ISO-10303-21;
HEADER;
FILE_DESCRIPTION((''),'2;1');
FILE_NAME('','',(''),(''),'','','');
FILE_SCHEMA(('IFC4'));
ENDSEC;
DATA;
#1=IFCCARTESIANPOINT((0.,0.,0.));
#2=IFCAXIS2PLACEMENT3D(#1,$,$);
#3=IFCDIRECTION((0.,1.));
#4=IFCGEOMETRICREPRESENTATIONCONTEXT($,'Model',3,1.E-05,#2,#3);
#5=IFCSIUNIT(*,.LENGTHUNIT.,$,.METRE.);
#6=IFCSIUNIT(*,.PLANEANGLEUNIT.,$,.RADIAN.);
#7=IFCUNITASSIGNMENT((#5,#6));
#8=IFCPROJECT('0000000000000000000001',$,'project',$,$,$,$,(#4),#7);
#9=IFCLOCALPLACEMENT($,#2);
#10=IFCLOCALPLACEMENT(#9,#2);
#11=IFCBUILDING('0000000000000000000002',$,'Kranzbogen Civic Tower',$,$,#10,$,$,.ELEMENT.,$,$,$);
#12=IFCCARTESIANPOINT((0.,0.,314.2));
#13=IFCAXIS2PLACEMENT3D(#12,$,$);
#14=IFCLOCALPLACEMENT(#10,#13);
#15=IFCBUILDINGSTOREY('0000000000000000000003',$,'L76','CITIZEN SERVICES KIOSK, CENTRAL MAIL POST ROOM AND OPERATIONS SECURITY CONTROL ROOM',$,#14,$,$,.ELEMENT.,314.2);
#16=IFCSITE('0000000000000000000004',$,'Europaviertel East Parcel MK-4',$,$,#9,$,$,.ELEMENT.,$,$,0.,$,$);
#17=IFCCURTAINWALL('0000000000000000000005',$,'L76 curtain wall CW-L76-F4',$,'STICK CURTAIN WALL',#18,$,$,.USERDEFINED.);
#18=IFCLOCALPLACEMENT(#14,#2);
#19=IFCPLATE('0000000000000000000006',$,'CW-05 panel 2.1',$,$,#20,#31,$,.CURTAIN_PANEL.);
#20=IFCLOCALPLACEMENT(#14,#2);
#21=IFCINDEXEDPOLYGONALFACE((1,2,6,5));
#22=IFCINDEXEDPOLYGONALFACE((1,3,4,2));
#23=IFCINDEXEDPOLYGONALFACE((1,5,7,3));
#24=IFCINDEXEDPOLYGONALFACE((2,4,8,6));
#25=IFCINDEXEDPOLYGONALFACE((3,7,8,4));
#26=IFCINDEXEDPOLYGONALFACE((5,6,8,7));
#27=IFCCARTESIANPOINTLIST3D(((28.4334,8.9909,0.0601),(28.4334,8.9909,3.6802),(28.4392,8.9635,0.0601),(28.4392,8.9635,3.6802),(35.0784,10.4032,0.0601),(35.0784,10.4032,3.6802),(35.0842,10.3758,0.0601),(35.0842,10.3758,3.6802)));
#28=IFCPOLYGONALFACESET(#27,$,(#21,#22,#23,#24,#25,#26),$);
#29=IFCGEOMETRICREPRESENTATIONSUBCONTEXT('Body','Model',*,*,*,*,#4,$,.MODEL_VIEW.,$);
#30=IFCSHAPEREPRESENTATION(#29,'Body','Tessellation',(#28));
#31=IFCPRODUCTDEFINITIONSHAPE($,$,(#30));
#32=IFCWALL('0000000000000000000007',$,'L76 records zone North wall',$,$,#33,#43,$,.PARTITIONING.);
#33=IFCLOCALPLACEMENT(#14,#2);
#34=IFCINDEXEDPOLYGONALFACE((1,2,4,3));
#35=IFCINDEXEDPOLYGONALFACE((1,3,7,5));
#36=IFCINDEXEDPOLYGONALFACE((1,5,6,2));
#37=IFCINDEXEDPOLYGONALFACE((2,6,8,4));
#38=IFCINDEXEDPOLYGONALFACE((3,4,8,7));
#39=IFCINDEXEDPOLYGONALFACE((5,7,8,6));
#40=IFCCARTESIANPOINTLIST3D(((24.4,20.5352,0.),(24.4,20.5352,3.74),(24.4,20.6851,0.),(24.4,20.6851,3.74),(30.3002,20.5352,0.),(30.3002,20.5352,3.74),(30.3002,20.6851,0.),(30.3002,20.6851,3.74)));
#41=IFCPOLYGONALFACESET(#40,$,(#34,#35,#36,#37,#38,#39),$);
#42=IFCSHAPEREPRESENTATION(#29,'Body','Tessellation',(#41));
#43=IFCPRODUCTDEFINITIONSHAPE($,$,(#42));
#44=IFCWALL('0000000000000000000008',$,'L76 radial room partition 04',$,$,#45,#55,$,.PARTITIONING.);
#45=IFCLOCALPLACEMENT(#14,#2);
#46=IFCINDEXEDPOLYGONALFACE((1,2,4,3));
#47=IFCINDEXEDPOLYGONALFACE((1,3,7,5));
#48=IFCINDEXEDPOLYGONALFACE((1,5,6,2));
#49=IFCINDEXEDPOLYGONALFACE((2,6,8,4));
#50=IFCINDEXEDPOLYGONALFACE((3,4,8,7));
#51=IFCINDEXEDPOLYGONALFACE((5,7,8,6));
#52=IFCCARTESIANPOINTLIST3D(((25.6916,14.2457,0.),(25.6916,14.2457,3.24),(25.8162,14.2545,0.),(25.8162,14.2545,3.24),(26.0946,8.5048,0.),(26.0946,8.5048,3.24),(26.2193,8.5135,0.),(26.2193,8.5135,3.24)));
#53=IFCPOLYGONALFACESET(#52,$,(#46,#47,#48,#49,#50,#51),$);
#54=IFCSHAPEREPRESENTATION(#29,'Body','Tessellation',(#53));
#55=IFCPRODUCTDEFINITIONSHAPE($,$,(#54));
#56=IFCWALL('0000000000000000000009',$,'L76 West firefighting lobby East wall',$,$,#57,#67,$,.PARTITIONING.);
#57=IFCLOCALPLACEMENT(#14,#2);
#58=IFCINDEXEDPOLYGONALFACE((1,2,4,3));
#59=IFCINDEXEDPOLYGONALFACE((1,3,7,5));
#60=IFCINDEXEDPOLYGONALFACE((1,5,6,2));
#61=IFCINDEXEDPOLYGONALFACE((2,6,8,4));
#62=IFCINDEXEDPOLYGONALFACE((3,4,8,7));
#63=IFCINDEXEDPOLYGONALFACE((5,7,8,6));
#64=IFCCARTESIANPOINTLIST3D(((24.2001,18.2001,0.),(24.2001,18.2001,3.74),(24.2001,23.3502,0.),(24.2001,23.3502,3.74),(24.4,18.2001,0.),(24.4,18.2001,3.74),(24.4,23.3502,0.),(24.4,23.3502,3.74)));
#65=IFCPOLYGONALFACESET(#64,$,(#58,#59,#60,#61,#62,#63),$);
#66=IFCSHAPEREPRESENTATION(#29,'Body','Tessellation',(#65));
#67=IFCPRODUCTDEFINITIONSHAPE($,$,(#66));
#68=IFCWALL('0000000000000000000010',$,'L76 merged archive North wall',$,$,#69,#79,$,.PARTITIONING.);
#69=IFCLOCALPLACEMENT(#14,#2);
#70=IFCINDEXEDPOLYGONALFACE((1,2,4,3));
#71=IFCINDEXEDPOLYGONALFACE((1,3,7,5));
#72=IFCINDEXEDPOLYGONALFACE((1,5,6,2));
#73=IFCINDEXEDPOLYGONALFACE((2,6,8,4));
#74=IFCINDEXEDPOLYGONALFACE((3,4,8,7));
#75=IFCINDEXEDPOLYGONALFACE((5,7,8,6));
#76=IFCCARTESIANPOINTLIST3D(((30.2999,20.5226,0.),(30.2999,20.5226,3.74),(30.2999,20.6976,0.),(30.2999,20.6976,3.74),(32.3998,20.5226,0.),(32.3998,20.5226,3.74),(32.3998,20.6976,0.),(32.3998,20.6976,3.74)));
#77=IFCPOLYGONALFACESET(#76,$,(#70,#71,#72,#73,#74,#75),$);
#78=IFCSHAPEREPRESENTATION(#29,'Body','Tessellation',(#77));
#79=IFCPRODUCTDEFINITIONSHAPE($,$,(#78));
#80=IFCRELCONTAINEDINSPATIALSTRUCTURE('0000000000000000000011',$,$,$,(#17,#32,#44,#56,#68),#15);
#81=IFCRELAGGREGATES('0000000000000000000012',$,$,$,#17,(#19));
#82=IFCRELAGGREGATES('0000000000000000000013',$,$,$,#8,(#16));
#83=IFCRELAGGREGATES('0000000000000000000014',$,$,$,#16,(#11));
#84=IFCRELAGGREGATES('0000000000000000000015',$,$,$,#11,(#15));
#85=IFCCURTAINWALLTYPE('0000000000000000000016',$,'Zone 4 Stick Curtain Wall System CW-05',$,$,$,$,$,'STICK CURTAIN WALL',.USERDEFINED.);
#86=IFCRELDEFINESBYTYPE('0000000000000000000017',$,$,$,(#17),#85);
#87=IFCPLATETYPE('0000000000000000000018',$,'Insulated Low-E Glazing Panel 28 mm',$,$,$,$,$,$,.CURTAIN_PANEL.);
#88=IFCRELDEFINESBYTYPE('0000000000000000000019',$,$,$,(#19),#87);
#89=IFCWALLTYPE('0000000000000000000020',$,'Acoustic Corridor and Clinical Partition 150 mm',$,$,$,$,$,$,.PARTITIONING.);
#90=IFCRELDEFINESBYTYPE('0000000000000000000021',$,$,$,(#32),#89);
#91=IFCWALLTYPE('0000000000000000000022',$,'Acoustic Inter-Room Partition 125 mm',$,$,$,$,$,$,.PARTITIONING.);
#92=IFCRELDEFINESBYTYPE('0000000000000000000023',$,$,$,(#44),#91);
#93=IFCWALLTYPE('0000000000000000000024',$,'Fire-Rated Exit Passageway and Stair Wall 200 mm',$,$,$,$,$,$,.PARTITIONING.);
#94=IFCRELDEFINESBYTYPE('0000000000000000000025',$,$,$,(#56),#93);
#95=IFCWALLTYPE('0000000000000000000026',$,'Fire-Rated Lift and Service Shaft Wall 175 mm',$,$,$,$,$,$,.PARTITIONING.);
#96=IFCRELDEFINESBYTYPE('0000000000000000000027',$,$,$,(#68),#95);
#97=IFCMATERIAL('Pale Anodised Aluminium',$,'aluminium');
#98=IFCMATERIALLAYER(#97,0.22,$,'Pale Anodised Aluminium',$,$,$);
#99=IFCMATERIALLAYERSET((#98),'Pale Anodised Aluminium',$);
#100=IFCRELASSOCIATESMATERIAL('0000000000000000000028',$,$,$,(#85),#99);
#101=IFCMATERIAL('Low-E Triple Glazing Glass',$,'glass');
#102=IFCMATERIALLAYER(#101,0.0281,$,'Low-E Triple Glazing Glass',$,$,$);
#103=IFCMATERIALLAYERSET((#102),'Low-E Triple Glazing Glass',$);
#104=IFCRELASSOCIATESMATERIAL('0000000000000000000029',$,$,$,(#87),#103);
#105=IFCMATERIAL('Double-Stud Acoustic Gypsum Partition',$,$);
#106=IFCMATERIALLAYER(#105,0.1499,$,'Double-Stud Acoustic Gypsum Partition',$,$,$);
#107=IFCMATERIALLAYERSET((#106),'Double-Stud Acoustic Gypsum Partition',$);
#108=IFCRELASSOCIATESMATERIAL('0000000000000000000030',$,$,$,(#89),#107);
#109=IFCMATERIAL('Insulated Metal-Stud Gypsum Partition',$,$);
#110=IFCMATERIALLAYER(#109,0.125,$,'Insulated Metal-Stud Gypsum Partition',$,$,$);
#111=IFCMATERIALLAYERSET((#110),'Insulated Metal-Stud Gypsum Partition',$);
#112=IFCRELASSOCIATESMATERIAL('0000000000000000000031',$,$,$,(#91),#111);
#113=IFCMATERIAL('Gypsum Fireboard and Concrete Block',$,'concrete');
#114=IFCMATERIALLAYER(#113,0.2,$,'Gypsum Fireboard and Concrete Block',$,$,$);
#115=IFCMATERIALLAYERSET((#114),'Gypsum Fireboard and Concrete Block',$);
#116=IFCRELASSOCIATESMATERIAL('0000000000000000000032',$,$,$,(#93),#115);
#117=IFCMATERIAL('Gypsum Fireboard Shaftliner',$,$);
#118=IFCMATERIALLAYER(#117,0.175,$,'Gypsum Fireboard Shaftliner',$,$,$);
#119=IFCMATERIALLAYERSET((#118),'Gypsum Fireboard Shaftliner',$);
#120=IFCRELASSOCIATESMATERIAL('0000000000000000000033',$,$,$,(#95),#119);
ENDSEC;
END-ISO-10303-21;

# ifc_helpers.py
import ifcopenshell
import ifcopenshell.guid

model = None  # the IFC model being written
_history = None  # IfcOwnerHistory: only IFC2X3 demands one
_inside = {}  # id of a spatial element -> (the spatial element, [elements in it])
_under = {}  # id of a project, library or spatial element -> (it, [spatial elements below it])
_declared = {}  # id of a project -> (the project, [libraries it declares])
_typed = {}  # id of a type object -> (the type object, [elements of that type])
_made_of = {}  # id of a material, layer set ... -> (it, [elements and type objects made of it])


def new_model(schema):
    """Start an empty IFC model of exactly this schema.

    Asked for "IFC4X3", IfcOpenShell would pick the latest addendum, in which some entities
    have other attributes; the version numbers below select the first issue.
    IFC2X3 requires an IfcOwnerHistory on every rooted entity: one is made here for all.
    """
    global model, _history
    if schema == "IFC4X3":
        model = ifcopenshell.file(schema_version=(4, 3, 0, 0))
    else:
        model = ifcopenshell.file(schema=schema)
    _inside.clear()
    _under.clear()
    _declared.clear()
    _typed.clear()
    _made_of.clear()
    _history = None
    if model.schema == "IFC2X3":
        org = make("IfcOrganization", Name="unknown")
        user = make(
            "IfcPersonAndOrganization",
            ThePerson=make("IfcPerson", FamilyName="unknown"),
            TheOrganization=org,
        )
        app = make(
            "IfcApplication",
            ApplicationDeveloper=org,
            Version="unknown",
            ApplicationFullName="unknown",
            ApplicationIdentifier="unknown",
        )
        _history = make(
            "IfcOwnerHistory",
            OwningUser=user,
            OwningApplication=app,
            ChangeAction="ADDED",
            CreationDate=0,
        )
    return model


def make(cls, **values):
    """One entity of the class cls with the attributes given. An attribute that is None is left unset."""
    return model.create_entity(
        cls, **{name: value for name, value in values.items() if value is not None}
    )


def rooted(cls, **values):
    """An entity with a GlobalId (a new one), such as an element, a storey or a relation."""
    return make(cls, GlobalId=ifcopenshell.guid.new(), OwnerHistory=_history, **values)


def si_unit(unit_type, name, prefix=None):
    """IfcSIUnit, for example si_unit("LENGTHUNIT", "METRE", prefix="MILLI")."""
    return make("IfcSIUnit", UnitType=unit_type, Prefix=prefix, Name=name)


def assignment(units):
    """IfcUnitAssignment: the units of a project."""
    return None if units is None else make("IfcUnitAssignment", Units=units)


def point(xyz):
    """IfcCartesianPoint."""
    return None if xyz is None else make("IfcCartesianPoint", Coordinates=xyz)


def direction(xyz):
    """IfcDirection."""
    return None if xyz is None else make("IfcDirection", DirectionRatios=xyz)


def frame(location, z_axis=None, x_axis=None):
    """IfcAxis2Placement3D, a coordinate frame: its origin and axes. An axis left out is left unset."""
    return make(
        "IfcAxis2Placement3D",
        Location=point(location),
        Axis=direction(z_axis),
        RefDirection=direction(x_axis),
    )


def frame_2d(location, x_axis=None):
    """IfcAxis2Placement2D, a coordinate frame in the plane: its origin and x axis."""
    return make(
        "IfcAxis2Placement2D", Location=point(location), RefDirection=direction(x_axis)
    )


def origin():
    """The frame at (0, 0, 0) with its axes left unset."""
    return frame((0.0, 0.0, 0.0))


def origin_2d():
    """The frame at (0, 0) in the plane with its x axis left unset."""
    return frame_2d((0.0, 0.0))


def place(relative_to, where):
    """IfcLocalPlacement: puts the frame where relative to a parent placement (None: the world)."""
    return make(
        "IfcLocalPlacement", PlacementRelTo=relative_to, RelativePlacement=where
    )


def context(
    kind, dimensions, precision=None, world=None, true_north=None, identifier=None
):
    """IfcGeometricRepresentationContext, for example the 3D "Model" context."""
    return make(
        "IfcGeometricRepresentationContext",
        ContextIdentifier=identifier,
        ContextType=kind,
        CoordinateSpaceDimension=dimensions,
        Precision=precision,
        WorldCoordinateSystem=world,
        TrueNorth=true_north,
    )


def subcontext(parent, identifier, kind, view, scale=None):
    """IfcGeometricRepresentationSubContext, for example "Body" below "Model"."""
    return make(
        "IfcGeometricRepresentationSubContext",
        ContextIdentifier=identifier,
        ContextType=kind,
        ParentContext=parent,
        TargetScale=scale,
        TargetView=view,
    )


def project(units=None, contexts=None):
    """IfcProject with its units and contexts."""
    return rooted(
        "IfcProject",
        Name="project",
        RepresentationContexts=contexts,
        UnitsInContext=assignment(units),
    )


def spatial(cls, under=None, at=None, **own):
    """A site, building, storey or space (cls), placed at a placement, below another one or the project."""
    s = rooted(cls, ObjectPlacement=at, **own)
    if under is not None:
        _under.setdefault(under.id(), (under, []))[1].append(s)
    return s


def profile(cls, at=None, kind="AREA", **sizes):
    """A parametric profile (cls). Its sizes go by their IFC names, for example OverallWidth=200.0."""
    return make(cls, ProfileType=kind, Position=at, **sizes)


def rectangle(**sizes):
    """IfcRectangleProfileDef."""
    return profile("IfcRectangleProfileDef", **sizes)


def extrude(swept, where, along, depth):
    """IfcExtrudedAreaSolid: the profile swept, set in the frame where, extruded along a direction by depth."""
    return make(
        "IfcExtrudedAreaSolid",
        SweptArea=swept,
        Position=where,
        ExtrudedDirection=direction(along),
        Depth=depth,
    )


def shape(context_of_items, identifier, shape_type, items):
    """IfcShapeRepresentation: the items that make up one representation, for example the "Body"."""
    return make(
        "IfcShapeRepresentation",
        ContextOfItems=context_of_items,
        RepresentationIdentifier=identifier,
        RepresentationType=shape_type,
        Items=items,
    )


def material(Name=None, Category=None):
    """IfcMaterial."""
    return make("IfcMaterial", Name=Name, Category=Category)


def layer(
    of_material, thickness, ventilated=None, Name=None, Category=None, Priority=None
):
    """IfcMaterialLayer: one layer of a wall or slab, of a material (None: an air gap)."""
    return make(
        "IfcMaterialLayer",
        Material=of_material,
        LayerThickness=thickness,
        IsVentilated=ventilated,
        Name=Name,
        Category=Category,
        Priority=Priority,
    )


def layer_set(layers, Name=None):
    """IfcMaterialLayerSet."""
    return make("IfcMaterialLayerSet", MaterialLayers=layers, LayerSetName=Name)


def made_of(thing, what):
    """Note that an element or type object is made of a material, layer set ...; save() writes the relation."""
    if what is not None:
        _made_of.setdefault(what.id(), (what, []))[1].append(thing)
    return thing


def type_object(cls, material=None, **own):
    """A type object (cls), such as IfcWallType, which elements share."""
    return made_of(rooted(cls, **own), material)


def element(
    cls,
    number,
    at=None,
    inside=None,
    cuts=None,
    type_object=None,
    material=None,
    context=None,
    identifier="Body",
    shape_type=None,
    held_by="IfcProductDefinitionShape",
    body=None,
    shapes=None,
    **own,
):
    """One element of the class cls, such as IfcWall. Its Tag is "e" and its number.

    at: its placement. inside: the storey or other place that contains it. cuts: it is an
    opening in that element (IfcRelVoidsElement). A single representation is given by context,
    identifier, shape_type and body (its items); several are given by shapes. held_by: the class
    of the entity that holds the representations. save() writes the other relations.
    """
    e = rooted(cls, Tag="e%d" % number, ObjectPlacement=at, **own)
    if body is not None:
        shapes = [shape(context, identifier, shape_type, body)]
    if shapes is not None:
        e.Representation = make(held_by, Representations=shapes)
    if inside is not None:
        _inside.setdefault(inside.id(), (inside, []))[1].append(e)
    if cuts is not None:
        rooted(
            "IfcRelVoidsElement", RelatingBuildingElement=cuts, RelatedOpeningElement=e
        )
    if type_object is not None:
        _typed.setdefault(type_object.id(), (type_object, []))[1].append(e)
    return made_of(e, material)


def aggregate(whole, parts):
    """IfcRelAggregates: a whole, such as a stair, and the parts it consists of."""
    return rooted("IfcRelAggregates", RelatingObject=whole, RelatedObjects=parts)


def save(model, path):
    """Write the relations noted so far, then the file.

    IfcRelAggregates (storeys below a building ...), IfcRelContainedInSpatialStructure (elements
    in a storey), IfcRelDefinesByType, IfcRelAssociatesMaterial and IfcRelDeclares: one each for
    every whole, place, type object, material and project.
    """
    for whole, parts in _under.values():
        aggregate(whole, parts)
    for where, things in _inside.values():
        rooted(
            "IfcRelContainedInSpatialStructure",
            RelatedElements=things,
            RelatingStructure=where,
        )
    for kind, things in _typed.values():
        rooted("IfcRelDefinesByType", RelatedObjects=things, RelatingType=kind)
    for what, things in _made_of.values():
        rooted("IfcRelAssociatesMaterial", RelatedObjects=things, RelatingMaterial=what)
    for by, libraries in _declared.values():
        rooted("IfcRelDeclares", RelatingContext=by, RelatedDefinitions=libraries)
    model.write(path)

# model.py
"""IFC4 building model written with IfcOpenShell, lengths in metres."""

from ifc_helpers import new_model, si_unit, direction, frame, frame_2d, origin, origin_2d, place, context, subcontext, project, spatial, rectangle, extrude, material, layer, layer_set, type_object, element, aggregate, save


model = new_model("IFC4")

# Units and contexts
model_context = context("Model", 3, precision=1e-05, world=origin(), true_north=direction((0.0, 1.0)))
body_context = subcontext(model_context, "Body", "Model", "MODEL_VIEW")
ifc_project = project(units=[si_unit("LENGTHUNIT", "METRE"), si_unit("PLANEANGLEUNIT", "RADIAN")], contexts=[model_context])

# Site, building, storey
site_placement = place(None, origin())
site = spatial("IfcSite", under=ifc_project, at=site_placement, Name="Europaviertel East Parcel MK-4", CompositionType="ELEMENT", RefElevation=0.0)
building_placement = place(site_placement, origin())
building = spatial("IfcBuilding", under=site, at=building_placement, Name="Kranzbogen Civic Tower", CompositionType="ELEMENT")
storey_placement = place(building_placement, frame((0.0, 0.0, 314.2)))
storey = spatial("IfcBuildingStorey", under=building, at=storey_placement, Name="L76", Description="CITIZEN SERVICES KIOSK, CENTRAL MAIL POST ROOM AND OPERATIONS SECURITY CONTROL ROOM", CompositionType="ELEMENT", Elevation=314.2)

# Curtain wall
ifc_material_1 = material(Name="Pale Anodised Aluminium", Category="aluminium")
ifc_layer_1 = layer(ifc_material_1, 0.22, Name="Pale Anodised Aluminium")
ifc_layer_set_1 = layer_set([ifc_layer_1], Name="Pale Anodised Aluminium")
curtain_wall_type = type_object("IfcCurtainWallType", Name="Zone 4 Stick Curtain Wall System CW-05", ElementType="STICK CURTAIN WALL", PredefinedType="USERDEFINED", material=ifc_layer_set_1)
curtain_wall_placement = place(storey_placement, origin())
curtain_wall = element("IfcCurtainWall", 1, at=curtain_wall_placement, inside=storey, type_object=curtain_wall_type, Name="L76 curtain wall CW-L76-F4", ObjectType="STICK CURTAIN WALL", PredefinedType="USERDEFINED")

# Plate
ifc_material_2 = material(Name="Low-E Triple Glazing Glass", Category="glass")
ifc_layer_2 = layer(ifc_material_2, 0.0281, Name="Low-E Triple Glazing Glass")
ifc_layer_set_2 = layer_set([ifc_layer_2], Name="Low-E Triple Glazing Glass")
plate_type = type_object("IfcPlateType", Name="Insulated Low-E Glazing Panel 28 mm", PredefinedType="CURTAIN_PANEL", material=ifc_layer_set_2)
plate_1_placement = place(storey_placement, frame((31.7588, 9.6833, 0.0601), z_axis=(0.0, 0.0, 1.0), x_axis=(0.978152, 0.207892, 0.0)))
plate_1 = element("IfcPlate", 2, at=plate_1_placement, type_object=plate_type, Name="CW-05 panel 2.1", PredefinedType="CURTAIN_PANEL", context=body_context, shape_type="SweptSolid", body=[
    extrude(rectangle(XDim=6.7935, YDim=0.0281, at=origin_2d()), origin(), (0.0, 0.0, 1.0), 3.6201),
])
aggregate(curtain_wall, [plate_1])

# Walls
ifc_material_3 = material(Name="Double-Stud Acoustic Gypsum Partition")
ifc_layer_3 = layer(ifc_material_3, 0.1499, Name="Double-Stud Acoustic Gypsum Partition")
ifc_layer_set_3 = layer_set([ifc_layer_3], Name="Double-Stud Acoustic Gypsum Partition")
wall_type_1 = type_object("IfcWallType", Name="Acoustic Corridor and Clinical Partition 150 mm", PredefinedType="PARTITIONING", material=ifc_layer_set_3)
wall_1_placement = place(storey_placement, frame((24.3999, 20.6101, 0.0), z_axis=(0.0, 0.0, 1.0), x_axis=(1.0, 0.0, 0.0)))
element("IfcWall", 3, at=wall_1_placement, inside=storey, type_object=wall_type_1, Name="L76 records zone North wall", PredefinedType="PARTITIONING", context=body_context, shape_type="SweptSolid", body=[
    extrude(rectangle(XDim=5.9001, YDim=0.1499, at=frame_2d((2.9502, 0.0))), origin(), (0.0, 0.0, 1.0), 3.74),
])
ifc_material_4 = material(Name="Insulated Metal-Stud Gypsum Partition")
ifc_layer_4 = layer(ifc_material_4, 0.125, Name="Insulated Metal-Stud Gypsum Partition")
ifc_layer_set_4 = layer_set([ifc_layer_4], Name="Insulated Metal-Stud Gypsum Partition")
wall_type_2 = type_object("IfcWallType", Name="Acoustic Inter-Room Partition 125 mm", PredefinedType="PARTITIONING", material=ifc_layer_set_4)
wall_2_placement = place(storey_placement, frame((25.7539, 14.25, 0.0), z_axis=(0.0, 0.0, 1.0), x_axis=(0.070038, -0.997544, 0.0)))
element("IfcWall", 4, at=wall_2_placement, inside=storey, type_object=wall_type_2, Name="L76 radial room partition 04", PredefinedType="PARTITIONING", context=body_context, shape_type="SweptSolid", body=[
    extrude(rectangle(XDim=5.7551, YDim=0.125, at=frame_2d((2.8774, 0.0))), origin(), (0.0, 0.0, 1.0), 3.24),
])
ifc_material_5 = material(Name="Gypsum Fireboard and Concrete Block", Category="concrete")
ifc_layer_5 = layer(ifc_material_5, 0.2, Name="Gypsum Fireboard and Concrete Block")
ifc_layer_set_5 = layer_set([ifc_layer_5], Name="Gypsum Fireboard and Concrete Block")
wall_type_3 = type_object("IfcWallType", Name="Fire-Rated Exit Passageway and Stair Wall 200 mm", PredefinedType="PARTITIONING", material=ifc_layer_set_5)
wall_3_placement = place(storey_placement, frame((24.3, 18.2, 0.0), z_axis=(0.0, 0.0, 1.0), x_axis=(0.0, 1.0, 0.0)))
element("IfcWall", 5, at=wall_3_placement, inside=storey, type_object=wall_type_3, Name="L76 West firefighting lobby East wall", PredefinedType="PARTITIONING", context=body_context, shape_type="SweptSolid", body=[
    extrude(rectangle(XDim=5.1501, YDim=0.2, at=frame_2d((2.5752, 0.0))), origin(), (0.0, 0.0, 1.0), 3.74),
])
ifc_material_6 = material(Name="Gypsum Fireboard Shaftliner")
ifc_layer_6 = layer(ifc_material_6, 0.175, Name="Gypsum Fireboard Shaftliner")
ifc_layer_set_6 = layer_set([ifc_layer_6], Name="Gypsum Fireboard Shaftliner")
wall_type_4 = type_object("IfcWallType", Name="Fire-Rated Lift and Service Shaft Wall 175 mm", PredefinedType="PARTITIONING", material=ifc_layer_set_6)
wall_4_placement = place(storey_placement, frame((30.3, 20.6101, 0.0), z_axis=(0.0, 0.0, 1.0), x_axis=(1.0, 0.0, 0.0)))
element("IfcWall", 6, at=wall_4_placement, inside=storey, type_object=wall_type_4, Name="L76 merged archive North wall", PredefinedType="PARTITIONING", context=body_context, shape_type="SweptSolid", body=[
    extrude(rectangle(XDim=2.0999, YDim=0.175, at=frame_2d((1.0498, 0.0))), origin(), (0.0, 0.0, 1.0), 3.74),
])

save(model, "model.ifc")
